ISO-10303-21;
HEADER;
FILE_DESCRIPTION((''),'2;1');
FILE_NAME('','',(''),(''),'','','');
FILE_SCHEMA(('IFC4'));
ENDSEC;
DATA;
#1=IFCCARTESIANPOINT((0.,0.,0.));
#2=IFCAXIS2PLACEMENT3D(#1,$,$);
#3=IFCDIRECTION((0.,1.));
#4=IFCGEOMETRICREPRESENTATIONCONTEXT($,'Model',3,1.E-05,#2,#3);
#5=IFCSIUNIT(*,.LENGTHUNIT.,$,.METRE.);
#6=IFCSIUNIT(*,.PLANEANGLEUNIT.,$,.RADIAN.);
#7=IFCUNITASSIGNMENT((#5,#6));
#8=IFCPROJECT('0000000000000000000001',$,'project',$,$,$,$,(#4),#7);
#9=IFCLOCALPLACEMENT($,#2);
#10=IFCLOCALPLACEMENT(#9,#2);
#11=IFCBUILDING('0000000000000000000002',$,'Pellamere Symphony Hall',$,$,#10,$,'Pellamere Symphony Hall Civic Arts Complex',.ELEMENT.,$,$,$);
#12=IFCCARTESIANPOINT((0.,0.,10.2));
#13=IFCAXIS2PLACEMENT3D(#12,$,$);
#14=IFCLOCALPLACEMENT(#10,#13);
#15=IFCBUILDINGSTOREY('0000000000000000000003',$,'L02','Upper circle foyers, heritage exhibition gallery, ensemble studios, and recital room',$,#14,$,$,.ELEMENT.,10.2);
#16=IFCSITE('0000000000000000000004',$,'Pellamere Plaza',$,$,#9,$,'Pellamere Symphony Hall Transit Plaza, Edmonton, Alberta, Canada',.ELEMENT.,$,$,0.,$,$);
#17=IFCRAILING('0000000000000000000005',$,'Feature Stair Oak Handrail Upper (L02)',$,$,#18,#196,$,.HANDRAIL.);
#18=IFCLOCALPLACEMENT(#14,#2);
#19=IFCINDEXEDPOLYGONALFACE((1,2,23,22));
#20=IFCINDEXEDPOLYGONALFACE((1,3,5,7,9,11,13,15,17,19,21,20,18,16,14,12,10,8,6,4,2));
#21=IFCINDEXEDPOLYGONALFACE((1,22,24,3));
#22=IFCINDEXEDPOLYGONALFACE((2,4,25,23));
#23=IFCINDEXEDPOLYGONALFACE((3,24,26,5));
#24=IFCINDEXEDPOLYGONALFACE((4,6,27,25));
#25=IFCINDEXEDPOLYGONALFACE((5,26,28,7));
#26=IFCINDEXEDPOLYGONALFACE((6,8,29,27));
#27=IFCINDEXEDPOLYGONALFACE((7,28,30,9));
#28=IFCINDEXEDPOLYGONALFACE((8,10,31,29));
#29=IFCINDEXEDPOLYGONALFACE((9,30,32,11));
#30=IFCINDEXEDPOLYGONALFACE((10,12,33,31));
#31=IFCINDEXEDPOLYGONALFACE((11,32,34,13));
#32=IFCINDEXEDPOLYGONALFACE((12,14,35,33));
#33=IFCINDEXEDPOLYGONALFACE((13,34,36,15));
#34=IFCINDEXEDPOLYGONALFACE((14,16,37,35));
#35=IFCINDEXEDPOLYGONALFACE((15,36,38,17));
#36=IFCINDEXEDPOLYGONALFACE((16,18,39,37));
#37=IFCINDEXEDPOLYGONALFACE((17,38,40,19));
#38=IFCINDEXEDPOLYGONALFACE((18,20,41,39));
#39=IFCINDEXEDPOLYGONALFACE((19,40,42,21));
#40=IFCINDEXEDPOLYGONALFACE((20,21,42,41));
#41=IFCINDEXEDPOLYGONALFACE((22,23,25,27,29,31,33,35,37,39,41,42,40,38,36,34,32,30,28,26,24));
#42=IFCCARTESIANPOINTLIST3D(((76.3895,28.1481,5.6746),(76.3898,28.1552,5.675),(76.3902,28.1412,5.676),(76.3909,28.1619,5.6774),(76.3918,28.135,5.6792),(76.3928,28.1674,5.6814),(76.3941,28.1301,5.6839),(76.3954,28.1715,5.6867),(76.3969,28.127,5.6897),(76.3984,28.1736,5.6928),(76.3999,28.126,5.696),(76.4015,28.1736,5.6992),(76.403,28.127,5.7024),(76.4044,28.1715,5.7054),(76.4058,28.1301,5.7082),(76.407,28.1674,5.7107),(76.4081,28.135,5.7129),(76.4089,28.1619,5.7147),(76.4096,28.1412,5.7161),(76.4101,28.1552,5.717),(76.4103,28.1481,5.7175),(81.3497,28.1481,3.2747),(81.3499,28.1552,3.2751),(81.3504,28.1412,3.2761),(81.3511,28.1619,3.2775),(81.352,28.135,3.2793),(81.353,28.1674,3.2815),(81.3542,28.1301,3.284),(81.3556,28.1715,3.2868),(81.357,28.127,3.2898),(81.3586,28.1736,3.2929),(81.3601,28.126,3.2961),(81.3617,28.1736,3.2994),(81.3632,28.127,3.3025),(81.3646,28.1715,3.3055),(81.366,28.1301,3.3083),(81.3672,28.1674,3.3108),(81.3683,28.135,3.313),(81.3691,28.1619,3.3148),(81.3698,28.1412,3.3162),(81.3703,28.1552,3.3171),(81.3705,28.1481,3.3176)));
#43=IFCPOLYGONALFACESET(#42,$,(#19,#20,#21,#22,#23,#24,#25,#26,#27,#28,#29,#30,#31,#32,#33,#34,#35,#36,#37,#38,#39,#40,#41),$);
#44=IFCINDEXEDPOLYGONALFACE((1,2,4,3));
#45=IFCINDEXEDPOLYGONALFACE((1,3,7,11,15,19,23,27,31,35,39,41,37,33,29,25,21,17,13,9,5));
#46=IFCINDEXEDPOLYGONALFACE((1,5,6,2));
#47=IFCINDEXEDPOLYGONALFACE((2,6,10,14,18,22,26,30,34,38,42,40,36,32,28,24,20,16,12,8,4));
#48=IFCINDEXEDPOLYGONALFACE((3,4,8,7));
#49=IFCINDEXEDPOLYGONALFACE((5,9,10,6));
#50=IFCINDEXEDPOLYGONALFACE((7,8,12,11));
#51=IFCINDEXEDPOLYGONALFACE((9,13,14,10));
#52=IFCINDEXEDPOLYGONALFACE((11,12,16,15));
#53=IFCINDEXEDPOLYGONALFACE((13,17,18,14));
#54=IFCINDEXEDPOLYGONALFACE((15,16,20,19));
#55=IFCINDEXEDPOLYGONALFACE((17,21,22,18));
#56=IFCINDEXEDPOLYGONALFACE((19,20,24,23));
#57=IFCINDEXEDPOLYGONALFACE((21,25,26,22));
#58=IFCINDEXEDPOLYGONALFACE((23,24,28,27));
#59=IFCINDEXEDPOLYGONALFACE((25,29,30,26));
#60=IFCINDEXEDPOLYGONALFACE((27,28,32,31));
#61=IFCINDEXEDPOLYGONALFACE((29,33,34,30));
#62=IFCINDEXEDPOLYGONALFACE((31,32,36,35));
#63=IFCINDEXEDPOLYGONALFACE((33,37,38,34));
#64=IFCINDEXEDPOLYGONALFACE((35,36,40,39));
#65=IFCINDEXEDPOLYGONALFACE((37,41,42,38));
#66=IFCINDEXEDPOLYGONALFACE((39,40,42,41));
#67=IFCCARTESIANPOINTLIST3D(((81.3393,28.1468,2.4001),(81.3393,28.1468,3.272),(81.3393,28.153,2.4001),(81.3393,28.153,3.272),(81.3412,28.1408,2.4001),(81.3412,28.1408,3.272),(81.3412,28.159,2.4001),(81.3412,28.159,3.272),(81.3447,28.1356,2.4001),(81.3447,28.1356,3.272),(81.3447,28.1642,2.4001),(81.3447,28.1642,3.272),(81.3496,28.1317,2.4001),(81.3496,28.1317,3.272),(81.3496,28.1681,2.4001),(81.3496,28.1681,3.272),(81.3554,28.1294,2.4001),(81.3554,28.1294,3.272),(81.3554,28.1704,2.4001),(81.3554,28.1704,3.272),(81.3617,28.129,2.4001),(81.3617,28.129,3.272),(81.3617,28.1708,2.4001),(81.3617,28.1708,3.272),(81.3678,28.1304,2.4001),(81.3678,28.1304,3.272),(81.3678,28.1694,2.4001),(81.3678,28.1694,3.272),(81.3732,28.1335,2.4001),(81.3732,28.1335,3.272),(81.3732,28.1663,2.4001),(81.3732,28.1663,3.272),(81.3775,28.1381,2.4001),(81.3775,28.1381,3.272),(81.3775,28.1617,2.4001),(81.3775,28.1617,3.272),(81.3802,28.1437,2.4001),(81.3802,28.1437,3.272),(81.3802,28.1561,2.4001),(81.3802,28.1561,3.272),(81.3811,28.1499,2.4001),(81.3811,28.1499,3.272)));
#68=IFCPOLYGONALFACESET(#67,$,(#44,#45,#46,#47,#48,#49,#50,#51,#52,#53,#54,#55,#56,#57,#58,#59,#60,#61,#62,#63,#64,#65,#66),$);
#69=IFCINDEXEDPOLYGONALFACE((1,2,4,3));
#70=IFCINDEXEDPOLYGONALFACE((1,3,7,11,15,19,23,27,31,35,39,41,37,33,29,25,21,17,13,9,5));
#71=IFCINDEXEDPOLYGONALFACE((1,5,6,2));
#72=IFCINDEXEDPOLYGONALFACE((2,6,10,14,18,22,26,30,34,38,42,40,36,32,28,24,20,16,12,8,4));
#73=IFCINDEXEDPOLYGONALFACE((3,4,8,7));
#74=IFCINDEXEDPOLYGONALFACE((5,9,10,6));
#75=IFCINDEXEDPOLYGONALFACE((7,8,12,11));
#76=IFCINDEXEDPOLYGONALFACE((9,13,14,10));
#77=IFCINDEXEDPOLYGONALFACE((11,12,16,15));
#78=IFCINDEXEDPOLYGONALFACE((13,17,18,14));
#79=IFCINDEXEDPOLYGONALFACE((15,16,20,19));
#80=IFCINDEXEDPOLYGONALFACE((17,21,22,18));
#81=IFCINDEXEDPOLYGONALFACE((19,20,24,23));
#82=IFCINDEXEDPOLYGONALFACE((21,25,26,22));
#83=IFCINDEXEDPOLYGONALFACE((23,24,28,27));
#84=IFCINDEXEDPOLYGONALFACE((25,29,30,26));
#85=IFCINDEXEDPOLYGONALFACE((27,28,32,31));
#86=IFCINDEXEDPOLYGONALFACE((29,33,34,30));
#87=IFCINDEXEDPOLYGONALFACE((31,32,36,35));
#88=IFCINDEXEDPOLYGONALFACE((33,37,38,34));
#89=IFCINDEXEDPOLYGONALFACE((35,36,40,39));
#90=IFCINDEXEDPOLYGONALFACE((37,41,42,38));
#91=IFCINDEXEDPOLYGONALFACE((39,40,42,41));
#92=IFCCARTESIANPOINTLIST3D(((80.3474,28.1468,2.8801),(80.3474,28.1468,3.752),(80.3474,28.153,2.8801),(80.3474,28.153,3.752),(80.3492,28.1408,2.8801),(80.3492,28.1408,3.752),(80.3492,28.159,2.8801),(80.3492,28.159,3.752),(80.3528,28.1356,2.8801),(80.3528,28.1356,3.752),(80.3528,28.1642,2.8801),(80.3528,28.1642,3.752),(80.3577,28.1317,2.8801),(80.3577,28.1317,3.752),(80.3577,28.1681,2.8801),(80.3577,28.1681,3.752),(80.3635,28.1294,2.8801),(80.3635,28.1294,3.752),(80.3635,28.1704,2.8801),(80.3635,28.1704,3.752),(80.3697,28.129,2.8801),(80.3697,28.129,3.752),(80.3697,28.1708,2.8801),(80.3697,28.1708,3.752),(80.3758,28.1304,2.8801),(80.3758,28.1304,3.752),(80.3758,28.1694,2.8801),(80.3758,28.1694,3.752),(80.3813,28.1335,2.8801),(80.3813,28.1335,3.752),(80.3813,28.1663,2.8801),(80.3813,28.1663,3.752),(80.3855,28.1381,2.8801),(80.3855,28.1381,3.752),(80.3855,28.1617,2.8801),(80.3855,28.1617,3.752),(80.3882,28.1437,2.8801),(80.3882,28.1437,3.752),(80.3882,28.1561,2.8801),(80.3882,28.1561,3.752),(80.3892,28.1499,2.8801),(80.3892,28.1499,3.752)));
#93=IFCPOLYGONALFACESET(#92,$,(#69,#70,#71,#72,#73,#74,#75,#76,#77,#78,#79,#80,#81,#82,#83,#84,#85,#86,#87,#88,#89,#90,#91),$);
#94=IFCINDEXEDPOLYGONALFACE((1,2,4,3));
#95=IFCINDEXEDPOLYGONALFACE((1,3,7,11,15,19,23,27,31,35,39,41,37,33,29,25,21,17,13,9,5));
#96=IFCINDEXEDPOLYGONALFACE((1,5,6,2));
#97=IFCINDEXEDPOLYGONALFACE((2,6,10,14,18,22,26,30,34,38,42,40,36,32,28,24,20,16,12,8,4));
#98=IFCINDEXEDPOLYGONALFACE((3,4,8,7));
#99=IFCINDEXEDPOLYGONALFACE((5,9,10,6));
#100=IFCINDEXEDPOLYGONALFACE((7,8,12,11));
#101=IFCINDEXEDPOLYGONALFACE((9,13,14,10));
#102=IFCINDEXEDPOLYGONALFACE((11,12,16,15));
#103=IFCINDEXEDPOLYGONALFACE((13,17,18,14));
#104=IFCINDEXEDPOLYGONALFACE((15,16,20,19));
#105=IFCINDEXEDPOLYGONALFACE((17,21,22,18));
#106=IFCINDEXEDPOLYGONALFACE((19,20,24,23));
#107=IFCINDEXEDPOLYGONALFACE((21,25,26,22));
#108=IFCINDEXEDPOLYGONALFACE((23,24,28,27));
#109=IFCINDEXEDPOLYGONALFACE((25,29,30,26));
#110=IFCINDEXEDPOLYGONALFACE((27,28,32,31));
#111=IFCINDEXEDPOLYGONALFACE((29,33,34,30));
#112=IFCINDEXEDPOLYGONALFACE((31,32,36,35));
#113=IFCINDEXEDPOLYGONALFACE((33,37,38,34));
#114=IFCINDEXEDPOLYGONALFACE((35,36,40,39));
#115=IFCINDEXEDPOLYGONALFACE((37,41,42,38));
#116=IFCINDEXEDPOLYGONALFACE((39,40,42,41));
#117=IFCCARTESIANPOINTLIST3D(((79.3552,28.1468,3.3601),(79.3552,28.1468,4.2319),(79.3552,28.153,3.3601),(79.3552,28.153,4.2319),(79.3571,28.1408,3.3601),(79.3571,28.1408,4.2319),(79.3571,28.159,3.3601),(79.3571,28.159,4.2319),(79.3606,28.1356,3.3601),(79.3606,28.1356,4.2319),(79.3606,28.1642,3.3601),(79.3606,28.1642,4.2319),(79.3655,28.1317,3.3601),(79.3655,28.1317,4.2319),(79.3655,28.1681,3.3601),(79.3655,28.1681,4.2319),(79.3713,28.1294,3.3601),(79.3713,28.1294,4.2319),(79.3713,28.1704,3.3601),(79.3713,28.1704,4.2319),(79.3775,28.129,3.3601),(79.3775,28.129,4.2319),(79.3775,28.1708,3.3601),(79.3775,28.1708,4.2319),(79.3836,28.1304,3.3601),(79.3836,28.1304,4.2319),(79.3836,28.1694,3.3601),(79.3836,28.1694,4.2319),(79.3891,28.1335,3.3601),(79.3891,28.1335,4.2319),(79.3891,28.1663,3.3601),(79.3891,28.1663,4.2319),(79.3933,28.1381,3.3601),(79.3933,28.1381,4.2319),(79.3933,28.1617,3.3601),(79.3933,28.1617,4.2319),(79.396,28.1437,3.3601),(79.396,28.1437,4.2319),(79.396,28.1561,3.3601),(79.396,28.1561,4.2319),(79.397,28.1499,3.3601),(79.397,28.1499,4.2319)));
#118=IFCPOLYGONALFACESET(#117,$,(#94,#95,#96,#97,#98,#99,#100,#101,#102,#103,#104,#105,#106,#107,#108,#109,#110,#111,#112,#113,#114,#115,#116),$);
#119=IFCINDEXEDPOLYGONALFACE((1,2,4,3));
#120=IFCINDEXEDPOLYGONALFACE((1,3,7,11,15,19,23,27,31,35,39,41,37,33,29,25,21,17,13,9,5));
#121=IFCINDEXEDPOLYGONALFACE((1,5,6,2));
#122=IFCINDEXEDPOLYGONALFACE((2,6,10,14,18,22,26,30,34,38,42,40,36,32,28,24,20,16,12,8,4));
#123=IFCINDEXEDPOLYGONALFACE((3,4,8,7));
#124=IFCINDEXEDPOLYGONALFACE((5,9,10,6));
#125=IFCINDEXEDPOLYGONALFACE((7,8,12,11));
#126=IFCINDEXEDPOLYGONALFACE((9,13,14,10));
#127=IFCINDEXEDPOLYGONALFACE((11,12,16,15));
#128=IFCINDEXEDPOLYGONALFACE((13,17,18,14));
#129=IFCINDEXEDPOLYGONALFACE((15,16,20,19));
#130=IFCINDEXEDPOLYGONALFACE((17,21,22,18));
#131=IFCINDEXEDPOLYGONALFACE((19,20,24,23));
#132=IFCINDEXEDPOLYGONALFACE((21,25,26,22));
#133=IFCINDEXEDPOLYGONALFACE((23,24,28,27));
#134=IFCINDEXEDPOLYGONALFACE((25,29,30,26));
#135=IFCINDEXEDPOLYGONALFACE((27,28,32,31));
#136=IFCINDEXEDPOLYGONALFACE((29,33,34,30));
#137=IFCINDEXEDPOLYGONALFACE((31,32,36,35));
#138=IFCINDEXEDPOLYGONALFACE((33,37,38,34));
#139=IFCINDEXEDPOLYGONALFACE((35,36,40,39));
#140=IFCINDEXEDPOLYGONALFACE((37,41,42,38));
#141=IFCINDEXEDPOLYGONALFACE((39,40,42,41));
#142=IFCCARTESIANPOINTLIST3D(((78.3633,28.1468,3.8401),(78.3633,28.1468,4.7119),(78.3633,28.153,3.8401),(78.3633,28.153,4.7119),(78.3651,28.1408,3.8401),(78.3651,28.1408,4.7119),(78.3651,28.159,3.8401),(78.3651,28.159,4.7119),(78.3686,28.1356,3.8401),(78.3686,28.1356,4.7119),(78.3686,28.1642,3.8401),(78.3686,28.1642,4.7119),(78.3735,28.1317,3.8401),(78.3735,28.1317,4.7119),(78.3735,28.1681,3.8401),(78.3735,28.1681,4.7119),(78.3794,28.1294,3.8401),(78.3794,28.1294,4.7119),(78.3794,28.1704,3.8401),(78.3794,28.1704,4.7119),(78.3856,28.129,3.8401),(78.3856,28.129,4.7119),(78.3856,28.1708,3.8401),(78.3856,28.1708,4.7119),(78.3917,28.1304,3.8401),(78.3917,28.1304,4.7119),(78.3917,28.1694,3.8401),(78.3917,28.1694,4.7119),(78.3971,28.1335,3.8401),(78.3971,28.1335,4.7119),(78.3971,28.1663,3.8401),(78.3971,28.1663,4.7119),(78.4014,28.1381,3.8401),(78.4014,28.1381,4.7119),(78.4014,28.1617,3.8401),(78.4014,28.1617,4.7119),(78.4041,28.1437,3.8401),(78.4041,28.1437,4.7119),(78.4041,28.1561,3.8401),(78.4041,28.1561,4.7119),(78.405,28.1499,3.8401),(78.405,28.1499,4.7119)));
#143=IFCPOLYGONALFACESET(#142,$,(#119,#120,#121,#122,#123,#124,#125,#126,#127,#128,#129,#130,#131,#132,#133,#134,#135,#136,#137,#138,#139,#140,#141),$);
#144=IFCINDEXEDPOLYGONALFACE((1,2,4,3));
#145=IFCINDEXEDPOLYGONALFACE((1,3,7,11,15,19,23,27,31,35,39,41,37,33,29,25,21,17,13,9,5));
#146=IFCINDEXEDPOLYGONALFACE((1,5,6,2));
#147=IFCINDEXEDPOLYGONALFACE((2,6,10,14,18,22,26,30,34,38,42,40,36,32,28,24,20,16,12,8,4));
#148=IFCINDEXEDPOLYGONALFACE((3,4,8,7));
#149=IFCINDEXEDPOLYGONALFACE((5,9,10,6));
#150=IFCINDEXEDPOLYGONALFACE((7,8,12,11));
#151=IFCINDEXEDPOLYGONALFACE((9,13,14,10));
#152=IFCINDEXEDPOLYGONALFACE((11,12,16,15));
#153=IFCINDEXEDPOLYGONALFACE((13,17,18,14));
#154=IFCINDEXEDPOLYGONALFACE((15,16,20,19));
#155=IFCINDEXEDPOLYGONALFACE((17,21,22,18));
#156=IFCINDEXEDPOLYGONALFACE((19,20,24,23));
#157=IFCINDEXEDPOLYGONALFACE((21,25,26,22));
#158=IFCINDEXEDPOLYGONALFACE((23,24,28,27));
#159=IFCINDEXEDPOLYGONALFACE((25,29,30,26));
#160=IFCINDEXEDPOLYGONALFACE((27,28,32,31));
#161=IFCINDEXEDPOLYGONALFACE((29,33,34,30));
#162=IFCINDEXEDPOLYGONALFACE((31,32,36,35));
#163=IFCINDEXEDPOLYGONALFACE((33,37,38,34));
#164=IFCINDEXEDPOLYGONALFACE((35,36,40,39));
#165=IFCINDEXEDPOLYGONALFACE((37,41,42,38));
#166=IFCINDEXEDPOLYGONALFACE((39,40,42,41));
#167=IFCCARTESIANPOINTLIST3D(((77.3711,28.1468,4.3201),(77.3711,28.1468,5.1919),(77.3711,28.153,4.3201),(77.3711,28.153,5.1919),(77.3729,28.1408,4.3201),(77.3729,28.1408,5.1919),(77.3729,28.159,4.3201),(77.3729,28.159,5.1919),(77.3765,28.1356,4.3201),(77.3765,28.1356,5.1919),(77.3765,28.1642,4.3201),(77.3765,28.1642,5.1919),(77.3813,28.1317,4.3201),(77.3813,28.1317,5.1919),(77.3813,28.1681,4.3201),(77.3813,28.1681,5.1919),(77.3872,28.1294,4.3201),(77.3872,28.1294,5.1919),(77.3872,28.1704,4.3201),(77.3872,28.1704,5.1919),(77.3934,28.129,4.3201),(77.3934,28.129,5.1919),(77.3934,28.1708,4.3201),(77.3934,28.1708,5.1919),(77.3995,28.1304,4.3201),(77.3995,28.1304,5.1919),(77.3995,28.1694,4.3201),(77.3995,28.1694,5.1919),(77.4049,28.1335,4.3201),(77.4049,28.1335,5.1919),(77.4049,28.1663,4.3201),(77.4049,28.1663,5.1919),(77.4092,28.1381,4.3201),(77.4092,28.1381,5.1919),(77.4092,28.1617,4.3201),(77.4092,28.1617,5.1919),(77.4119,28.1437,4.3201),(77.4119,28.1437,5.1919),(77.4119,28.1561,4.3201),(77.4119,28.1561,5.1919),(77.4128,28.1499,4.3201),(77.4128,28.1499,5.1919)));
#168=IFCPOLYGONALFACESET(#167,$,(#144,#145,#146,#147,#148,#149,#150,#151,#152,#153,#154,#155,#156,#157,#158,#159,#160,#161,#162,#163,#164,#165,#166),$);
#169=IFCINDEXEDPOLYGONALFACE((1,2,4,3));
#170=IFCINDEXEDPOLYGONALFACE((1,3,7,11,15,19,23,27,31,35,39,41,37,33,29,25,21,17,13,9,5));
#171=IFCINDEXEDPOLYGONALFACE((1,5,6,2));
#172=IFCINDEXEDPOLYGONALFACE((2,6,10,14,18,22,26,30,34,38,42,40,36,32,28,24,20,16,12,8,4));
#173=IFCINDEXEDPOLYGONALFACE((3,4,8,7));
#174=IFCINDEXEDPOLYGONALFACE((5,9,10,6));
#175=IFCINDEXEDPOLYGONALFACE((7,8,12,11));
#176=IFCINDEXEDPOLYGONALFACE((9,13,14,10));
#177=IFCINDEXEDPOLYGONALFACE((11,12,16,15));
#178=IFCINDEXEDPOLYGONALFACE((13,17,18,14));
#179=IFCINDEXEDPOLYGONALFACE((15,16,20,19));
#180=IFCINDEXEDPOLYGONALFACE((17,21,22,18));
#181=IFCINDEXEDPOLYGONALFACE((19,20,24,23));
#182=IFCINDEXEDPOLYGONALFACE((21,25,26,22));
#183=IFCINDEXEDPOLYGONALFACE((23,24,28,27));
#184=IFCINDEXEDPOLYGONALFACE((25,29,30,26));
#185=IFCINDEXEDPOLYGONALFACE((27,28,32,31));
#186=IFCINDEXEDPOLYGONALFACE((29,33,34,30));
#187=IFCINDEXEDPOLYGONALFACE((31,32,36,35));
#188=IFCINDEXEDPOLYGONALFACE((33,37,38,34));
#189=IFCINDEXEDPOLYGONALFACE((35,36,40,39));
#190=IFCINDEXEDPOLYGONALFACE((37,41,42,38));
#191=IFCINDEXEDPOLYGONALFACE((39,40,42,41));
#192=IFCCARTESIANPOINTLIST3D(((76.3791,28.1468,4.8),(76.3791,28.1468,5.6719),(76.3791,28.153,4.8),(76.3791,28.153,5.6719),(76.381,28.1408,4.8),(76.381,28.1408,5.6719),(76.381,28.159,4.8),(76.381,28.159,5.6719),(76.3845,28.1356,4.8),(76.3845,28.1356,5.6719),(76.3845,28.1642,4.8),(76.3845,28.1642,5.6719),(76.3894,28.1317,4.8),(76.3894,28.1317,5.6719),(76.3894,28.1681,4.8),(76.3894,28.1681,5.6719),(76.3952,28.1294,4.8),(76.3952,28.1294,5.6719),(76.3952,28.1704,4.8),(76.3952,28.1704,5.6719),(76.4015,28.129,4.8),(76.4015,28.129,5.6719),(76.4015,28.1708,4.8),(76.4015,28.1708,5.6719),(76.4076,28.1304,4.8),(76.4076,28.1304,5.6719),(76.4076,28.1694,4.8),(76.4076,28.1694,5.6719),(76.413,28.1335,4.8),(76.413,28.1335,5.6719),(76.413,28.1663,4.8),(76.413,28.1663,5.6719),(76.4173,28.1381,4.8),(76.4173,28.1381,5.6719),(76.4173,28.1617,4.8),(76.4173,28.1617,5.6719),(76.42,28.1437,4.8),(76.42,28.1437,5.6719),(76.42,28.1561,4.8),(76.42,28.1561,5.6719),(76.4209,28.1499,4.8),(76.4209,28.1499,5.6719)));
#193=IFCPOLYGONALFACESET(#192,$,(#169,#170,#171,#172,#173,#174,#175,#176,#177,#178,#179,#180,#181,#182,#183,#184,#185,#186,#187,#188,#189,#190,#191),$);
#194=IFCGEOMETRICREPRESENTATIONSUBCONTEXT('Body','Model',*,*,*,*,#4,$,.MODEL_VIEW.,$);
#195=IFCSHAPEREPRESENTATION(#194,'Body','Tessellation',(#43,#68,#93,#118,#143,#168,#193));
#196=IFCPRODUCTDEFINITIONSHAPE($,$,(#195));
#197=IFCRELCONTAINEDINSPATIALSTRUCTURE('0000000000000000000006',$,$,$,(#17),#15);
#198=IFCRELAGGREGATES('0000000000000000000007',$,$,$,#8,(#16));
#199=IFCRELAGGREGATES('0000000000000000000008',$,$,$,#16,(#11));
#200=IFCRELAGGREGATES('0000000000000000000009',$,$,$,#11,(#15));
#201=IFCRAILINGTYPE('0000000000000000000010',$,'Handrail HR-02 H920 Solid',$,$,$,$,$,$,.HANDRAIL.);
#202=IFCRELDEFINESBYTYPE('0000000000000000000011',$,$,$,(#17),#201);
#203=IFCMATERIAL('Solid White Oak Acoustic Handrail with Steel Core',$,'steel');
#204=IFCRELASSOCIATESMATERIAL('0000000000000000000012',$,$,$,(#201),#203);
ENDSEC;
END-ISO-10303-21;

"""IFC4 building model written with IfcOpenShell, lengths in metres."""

from ifc_helpers import new_model, si_unit, direction, frame, origin, origin_2d, place, context, subcontext, project, spatial, circle, extrude, material, type_object, element, save


model = new_model("IFC4")

# Units and contexts
model_context = context("Model", 3, precision=1e-05, world=origin(), true_north=direction((0.0, 1.0)))
body_context = subcontext(model_context, "Body", "Model", "MODEL_VIEW")
ifc_project = project(units=[si_unit("LENGTHUNIT", "METRE"), si_unit("PLANEANGLEUNIT", "RADIAN")], contexts=[model_context])

# Site, building, storey
site_placement = place(None, origin())
site = spatial("IfcSite", under=ifc_project, at=site_placement, Name="Pellamere Plaza", LongName="Pellamere Symphony Hall Transit Plaza, Edmonton, Alberta, Canada", CompositionType="ELEMENT", RefElevation=0.0)
building_placement = place(site_placement, origin())
building = spatial("IfcBuilding", under=site, at=building_placement, Name="Pellamere Symphony Hall", LongName="Pellamere Symphony Hall Civic Arts Complex", CompositionType="ELEMENT")
storey_placement = place(building_placement, frame((0.0, 0.0, 10.2)))
storey = spatial("IfcBuildingStorey", under=building, at=storey_placement, Name="L02", Description="Upper circle foyers, heritage exhibition gallery, ensemble studios, and recital room", CompositionType="ELEMENT", Elevation=10.2)

# Railing
ifc_material_1 = material(Name="Solid White Oak Acoustic Handrail with Steel Core", Category="steel")
railing_type = type_object("IfcRailingType", Name="Handrail HR-02 H920 Solid", PredefinedType="HANDRAIL", material=ifc_material_1)
railing_placement = place(storey_placement, frame((81.3601, 28.1499, 2.4001)))
element("IfcRailing", 1, at=railing_placement, inside=storey, type_object=railing_type, Name="Feature Stair Oak Handrail Upper (L02)", PredefinedType="HANDRAIL", context=body_context, shape_type="SweptSolid", body=[
    extrude(circle(Radius=0.0239, at=origin_2d()), frame((0.0, 0.0, 0.896), z_axis=(-0.900173, 0.0, 0.435532), x_axis=(0.0, -1.0, 0.0)), (0.0, 0.0, 1.0), 5.5103),
    extrude(circle(Radius=0.021, at=origin_2d()), origin(), (0.0, 0.0, 1.0), 0.8718),
    extrude(circle(Radius=0.021, at=origin_2d()), frame((-0.9919, 0.0, 0.48)), (0.0, 0.0, 1.0), 0.8718),
    extrude(circle(Radius=0.021, at=origin_2d()), frame((-1.9841, 0.0, 0.96)), (0.0, 0.0, 1.0), 0.8718),
    extrude(circle(Radius=0.021, at=origin_2d()), frame((-2.9761, 0.0, 1.4399)), (0.0, 0.0, 1.0), 0.8718),
    extrude(circle(Radius=0.021, at=origin_2d()), frame((-3.9683, 0.0, 1.9199)), (0.0, 0.0, 1.0), 0.8718),
    extrude(circle(Radius=0.021, at=origin_2d()), frame((-4.9602, 0.0, 2.3999)), (0.0, 0.0, 1.0), 0.8718),
])

save(model, "model.ifc")
